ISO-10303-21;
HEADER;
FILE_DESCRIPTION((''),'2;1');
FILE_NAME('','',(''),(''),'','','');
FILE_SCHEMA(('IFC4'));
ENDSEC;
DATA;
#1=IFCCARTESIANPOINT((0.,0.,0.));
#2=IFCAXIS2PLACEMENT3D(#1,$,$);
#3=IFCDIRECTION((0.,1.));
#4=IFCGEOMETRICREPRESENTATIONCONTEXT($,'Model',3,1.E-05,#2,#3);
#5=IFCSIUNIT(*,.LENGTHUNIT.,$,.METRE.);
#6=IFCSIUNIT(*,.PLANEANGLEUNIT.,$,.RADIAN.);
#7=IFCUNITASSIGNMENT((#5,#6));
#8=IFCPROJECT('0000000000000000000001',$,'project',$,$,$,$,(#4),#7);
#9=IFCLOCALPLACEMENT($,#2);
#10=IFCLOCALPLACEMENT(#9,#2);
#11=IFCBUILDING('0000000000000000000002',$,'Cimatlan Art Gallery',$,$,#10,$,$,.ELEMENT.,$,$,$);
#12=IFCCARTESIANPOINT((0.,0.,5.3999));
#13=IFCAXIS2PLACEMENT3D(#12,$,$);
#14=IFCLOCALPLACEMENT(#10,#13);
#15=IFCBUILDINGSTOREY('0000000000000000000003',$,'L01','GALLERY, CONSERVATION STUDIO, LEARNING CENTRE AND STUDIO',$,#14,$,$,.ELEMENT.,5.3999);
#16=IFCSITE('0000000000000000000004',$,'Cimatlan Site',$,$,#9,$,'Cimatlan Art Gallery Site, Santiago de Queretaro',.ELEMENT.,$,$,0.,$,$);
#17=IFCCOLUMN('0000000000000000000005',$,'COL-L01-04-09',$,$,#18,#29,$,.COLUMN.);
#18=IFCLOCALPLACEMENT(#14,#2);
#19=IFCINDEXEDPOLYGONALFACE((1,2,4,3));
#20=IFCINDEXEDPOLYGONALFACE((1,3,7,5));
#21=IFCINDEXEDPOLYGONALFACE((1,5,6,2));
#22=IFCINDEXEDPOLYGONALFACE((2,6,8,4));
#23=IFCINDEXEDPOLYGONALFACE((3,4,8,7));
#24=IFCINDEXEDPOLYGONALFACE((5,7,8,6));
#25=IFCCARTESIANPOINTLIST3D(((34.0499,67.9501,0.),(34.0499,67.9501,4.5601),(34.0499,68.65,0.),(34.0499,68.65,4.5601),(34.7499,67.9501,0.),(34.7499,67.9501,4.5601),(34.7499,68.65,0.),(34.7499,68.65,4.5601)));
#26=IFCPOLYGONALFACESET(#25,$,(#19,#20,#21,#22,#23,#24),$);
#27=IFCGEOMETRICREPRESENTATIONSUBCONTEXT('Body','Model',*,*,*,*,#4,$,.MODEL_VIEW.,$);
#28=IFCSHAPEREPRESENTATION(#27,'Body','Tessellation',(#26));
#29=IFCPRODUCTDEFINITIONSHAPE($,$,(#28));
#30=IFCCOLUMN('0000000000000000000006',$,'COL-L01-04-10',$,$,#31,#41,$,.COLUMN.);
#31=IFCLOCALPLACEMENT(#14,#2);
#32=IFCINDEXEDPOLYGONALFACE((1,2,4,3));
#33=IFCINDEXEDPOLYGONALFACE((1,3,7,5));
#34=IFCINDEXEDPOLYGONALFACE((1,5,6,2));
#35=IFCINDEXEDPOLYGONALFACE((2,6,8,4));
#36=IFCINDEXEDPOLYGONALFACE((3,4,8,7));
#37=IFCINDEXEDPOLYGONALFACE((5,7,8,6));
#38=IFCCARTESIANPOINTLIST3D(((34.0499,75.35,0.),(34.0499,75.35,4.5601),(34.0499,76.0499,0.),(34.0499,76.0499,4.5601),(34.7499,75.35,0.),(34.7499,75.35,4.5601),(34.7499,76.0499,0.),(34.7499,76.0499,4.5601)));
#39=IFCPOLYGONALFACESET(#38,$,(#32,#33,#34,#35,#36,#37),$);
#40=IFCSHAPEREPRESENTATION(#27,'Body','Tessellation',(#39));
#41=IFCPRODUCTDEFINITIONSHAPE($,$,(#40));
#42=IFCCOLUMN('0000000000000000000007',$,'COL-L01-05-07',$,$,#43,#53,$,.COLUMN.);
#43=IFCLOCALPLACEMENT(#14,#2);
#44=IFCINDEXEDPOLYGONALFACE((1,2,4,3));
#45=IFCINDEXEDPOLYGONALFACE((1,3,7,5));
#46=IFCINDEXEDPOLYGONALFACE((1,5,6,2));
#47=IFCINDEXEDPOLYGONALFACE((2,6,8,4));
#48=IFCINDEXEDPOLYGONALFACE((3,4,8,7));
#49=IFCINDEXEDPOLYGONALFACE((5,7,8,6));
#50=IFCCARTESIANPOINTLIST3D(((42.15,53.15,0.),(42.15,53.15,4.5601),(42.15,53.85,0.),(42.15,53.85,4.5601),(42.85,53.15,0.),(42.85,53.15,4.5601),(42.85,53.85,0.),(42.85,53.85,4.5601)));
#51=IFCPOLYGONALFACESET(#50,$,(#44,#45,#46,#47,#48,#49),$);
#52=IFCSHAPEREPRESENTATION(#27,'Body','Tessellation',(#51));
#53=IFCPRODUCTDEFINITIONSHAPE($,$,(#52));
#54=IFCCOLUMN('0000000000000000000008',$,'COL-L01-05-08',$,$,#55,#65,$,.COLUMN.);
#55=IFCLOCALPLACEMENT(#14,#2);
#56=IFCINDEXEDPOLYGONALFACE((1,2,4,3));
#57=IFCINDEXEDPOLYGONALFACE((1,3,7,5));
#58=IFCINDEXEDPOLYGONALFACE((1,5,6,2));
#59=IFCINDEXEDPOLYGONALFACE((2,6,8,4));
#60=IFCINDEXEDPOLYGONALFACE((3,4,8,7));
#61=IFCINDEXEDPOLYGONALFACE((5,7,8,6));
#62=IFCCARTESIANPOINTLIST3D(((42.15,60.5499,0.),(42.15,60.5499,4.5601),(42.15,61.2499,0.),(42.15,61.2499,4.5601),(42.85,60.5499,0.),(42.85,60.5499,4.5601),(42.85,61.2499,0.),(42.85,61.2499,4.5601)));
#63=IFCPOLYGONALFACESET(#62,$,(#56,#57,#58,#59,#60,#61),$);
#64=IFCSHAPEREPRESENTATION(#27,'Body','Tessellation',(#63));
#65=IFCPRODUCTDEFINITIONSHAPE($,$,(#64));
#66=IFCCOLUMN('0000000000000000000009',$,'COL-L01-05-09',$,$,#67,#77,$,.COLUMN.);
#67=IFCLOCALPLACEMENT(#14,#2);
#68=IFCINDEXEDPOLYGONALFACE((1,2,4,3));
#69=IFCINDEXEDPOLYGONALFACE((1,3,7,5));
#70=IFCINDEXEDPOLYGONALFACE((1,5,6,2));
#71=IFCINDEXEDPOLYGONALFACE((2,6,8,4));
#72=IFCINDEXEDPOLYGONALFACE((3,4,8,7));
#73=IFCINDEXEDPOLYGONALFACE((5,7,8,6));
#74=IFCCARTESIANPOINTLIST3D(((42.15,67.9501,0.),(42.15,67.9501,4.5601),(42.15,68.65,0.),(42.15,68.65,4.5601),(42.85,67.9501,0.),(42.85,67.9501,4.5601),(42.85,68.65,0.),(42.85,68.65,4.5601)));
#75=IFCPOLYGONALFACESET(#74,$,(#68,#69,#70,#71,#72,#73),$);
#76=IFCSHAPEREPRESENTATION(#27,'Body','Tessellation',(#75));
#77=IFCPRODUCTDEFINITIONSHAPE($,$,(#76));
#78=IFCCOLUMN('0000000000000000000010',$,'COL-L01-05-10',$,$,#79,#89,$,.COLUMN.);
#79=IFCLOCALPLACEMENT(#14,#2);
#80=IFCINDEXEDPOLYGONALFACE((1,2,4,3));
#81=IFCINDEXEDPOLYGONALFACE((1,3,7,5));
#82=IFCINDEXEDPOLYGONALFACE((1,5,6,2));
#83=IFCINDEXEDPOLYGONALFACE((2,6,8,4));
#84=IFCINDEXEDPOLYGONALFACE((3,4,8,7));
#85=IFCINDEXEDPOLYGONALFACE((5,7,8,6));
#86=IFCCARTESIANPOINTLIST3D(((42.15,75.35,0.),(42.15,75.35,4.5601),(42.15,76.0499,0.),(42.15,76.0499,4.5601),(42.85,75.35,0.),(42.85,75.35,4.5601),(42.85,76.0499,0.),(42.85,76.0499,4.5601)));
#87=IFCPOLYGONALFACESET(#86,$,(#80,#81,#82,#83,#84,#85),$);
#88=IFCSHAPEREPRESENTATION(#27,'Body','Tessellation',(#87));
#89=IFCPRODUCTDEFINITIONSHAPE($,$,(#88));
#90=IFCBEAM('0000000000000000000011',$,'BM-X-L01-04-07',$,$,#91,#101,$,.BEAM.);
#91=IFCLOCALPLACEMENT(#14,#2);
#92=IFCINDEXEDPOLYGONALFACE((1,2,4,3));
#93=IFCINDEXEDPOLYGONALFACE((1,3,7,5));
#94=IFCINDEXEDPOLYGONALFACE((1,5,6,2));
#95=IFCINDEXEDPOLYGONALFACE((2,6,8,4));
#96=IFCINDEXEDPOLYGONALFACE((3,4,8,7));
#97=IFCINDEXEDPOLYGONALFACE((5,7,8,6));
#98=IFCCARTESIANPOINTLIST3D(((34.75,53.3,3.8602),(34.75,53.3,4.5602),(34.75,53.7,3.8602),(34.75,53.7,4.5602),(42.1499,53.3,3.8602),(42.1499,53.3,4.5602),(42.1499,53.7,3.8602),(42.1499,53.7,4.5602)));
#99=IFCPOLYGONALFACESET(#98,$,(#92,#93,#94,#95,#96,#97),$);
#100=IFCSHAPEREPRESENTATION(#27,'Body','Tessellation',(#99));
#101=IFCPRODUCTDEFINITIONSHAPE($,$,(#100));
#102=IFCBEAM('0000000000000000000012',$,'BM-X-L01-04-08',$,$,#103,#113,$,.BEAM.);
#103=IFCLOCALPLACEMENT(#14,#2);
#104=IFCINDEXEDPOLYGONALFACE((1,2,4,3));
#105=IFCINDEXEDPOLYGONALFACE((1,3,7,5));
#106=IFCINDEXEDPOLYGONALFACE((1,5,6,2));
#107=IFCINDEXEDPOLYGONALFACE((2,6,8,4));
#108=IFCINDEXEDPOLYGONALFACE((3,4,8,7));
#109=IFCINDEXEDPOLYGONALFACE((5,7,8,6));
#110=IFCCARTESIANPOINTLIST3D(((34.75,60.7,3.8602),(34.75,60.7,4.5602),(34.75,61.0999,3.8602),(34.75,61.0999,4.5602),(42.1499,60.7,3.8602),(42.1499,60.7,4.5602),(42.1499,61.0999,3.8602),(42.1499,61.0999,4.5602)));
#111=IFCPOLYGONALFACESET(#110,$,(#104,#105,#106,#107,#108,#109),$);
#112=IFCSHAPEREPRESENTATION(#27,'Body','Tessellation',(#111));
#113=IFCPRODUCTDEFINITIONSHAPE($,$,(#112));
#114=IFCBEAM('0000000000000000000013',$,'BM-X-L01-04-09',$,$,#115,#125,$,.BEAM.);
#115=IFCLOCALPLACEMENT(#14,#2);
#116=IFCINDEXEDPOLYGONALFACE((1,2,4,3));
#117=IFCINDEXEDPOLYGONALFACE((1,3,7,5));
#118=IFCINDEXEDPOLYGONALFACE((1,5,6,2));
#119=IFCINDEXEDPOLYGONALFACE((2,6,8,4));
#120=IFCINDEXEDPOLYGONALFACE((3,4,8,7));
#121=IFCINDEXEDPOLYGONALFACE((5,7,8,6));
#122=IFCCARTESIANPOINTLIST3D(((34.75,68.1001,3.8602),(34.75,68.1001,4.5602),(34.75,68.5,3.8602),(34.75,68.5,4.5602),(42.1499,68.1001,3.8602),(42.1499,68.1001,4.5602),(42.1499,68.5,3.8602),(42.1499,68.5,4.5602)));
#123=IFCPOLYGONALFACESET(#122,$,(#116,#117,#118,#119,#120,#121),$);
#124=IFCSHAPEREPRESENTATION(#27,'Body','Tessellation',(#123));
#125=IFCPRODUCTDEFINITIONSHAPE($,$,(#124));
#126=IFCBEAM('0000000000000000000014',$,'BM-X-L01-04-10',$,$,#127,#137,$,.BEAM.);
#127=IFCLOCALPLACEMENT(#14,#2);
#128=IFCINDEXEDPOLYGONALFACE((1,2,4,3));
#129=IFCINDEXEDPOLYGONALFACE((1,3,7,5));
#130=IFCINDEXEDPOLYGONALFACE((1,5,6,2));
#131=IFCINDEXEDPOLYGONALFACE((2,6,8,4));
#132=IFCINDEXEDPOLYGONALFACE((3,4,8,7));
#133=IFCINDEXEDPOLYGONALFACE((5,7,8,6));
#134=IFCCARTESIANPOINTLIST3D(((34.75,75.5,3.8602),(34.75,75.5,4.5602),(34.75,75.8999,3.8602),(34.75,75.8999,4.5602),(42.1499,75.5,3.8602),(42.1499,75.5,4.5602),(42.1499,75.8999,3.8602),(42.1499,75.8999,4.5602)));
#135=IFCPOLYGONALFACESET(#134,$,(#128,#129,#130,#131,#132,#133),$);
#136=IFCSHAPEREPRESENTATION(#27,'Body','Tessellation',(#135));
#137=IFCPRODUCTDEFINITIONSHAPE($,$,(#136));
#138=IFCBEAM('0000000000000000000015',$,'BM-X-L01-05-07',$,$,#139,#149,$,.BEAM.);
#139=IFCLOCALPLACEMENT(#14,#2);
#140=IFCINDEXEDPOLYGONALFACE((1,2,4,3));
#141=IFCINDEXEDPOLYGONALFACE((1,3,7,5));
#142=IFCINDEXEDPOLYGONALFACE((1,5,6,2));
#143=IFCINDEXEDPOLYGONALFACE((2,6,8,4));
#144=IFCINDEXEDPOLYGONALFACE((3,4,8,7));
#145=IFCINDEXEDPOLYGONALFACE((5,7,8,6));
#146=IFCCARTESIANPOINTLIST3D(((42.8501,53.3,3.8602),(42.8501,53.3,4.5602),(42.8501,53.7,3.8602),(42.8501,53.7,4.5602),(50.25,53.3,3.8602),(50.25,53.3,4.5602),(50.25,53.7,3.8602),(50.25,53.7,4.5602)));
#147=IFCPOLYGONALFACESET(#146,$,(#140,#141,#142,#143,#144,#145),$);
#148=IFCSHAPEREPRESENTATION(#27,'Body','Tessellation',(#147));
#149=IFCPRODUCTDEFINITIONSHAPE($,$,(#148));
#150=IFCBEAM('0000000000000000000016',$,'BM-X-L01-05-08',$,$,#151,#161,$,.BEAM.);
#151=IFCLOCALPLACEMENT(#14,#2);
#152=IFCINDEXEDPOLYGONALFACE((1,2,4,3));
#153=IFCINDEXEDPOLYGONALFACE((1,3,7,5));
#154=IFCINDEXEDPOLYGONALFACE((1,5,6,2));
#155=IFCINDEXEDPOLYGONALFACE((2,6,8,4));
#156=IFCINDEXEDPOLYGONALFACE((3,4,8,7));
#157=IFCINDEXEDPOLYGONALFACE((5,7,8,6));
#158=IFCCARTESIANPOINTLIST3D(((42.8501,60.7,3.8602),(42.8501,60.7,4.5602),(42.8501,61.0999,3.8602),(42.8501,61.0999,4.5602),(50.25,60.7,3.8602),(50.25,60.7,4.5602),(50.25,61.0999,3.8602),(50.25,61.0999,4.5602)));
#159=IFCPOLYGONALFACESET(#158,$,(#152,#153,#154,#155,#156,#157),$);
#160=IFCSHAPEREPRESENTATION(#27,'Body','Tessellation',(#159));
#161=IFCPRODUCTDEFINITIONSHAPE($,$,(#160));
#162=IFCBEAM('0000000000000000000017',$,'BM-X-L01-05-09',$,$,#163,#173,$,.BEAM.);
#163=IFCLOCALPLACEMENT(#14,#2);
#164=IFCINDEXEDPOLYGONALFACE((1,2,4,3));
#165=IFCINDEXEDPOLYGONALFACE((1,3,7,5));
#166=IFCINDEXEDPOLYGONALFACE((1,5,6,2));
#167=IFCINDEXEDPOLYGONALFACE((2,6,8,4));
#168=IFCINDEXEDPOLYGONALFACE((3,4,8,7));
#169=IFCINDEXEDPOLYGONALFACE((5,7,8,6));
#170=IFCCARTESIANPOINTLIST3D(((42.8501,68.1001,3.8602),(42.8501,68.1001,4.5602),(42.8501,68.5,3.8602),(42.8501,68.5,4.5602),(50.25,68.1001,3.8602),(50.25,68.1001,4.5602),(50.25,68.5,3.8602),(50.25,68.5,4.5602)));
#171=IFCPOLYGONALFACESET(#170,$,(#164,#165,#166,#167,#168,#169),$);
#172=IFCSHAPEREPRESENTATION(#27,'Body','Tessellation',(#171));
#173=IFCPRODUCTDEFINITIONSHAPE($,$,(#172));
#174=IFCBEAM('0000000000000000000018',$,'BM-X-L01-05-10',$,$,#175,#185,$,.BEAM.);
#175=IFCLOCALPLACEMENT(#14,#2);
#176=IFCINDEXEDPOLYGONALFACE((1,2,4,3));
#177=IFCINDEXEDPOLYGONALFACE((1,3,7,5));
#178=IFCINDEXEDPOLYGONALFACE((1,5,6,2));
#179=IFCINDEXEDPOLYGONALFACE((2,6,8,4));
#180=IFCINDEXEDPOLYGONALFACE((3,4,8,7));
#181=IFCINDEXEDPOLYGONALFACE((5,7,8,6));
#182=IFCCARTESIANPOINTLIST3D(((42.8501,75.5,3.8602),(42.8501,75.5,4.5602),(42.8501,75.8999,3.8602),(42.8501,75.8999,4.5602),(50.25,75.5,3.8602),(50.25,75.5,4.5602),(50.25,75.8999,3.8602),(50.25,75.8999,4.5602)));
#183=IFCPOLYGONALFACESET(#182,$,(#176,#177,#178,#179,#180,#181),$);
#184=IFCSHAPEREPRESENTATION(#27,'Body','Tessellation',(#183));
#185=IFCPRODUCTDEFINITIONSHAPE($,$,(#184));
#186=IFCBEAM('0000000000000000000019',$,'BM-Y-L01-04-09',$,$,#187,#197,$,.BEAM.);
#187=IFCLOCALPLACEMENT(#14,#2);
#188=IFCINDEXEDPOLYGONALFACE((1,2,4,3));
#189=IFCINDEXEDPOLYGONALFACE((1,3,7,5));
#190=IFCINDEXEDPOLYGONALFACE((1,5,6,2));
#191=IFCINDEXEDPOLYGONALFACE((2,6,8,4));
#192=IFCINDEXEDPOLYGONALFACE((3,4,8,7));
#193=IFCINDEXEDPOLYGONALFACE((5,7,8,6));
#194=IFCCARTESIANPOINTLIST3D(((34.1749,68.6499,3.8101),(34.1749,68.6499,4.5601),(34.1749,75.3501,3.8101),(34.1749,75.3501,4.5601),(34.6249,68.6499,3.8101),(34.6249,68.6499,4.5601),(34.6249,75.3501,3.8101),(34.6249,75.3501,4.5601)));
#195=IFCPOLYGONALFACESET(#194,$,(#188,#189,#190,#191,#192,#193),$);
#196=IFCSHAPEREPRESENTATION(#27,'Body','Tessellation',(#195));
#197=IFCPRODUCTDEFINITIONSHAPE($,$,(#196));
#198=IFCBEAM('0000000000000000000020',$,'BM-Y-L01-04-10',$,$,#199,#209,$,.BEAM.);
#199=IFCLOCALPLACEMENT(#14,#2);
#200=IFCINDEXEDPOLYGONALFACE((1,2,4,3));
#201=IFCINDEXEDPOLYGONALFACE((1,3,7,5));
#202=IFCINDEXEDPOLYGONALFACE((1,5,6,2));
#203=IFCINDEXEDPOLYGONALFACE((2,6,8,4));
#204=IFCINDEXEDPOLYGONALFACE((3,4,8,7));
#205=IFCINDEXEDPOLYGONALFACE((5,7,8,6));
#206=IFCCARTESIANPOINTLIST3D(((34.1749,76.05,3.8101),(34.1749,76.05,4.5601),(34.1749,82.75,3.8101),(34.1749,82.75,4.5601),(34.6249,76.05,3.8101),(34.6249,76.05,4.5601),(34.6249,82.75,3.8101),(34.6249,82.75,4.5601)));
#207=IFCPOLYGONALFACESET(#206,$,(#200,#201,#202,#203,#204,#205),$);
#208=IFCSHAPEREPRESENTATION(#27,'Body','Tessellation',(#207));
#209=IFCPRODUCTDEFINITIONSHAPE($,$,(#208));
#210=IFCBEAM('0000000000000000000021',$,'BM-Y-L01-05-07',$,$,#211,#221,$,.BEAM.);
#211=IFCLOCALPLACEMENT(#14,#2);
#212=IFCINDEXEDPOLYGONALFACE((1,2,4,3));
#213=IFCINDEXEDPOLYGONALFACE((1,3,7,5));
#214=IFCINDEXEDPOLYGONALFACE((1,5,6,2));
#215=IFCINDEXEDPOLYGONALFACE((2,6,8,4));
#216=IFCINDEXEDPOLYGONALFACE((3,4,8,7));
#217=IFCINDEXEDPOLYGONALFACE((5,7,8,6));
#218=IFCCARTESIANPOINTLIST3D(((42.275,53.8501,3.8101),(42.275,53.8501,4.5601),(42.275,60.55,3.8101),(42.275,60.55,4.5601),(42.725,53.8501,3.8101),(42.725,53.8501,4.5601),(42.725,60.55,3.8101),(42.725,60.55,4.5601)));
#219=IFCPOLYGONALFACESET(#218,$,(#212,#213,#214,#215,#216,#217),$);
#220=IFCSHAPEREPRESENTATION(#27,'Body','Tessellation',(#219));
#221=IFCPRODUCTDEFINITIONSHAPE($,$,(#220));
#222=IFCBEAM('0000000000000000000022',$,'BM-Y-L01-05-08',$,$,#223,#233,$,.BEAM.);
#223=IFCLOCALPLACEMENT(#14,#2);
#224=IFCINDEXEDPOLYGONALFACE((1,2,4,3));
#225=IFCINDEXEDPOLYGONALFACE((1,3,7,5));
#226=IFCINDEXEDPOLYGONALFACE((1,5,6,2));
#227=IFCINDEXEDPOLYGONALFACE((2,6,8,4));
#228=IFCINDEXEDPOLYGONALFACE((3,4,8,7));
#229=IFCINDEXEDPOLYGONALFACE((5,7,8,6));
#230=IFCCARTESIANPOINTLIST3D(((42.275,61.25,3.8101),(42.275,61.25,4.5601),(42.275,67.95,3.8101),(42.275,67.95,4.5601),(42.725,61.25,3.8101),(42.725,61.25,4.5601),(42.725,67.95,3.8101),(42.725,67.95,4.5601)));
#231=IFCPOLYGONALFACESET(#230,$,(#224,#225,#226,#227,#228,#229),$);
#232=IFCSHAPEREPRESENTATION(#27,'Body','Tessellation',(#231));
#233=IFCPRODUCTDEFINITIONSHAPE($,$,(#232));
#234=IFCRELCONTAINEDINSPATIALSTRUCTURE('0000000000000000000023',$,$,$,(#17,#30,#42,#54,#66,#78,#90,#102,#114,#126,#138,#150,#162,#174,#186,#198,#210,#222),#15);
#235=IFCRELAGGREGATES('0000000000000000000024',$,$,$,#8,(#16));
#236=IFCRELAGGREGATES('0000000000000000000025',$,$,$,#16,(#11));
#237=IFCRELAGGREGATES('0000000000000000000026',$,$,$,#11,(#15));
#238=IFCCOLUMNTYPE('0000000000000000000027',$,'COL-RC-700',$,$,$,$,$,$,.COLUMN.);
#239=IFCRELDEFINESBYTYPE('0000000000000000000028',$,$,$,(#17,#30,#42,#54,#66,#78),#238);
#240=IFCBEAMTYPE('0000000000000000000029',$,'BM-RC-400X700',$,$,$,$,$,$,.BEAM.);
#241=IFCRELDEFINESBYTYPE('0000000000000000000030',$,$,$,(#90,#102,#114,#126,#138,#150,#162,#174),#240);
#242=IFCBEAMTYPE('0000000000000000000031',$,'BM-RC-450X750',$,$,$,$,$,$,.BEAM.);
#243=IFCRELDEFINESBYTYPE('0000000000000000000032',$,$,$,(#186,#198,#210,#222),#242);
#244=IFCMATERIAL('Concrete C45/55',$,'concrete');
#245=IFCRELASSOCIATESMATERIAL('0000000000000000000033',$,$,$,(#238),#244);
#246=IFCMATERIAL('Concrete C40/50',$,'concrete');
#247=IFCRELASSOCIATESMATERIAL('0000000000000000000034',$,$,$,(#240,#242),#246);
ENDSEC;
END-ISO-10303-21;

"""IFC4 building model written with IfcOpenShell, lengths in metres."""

from ifc_helpers import new_model, si_unit, direction, frame, origin, origin_2d, place, context, subcontext, project, spatial, rectangle, extrude, material, material_profile, profile_set, type_object, element, save


model = new_model("IFC4")

# Units and contexts
model_context = context("Model", 3, precision=1e-05, world=origin(), true_north=direction((0.0, 1.0)))
body_context = subcontext(model_context, "Body", "Model", "MODEL_VIEW")
ifc_project = project(units=[si_unit("LENGTHUNIT", "METRE"), si_unit("PLANEANGLEUNIT", "RADIAN")], contexts=[model_context])

# Site, building, storey
site_placement = place(None, origin())
site = spatial("IfcSite", under=ifc_project, at=site_placement, Name="Cimatlan Site", LongName="Cimatlan Art Gallery Site, Santiago de Queretaro", CompositionType="ELEMENT", RefElevation=0.0)
building_placement = place(site_placement, origin())
building = spatial("IfcBuilding", under=site, at=building_placement, Name="Cimatlan Art Gallery", CompositionType="ELEMENT")
storey_placement = place(building_placement, frame((0.0, 0.0, 5.3999)))
storey = spatial("IfcBuildingStorey", under=building, at=storey_placement, Name="L01", Description="GALLERY, CONSERVATION STUDIO, LEARNING CENTRE AND STUDIO", CompositionType="ELEMENT", Elevation=5.3999)

# Columns
ifc_material_1 = material(Name="Concrete C45/55", Category="concrete")
ifc_material_profile_1 = material_profile(ifc_material_1, rectangle(XDim=0.7, YDim=0.7, at=origin_2d()), Name="RC700X700")
ifc_profile_set_1 = profile_set([ifc_material_profile_1], Name="Concrete C45/55")
column_type = type_object("IfcColumnType", Name="COL-RC-700", PredefinedType="COLUMN", material=ifc_profile_set_1)
for number, where, z_axis, x_axis, name in (
    (1, (34.3999, 68.3, 0.0), (0.0, 0.0, 1.0), (1.0, 0.0, 0.0), "COL-L01-04-09"),
    (2, (34.3999, 75.7, 0.0), (0.0, 0.0, 1.0), (1.0, 0.0, 0.0), "COL-L01-04-10"),
    (3, (42.5, 53.5, 0.0), (0.0, 0.0, 1.0), (1.0, 0.0, 0.0), "COL-L01-05-07"),
    (4, (42.5, 60.8999, 0.0), (0.0, 0.0, 1.0), (1.0, 0.0, 0.0), "COL-L01-05-08"),
    (5, (42.5, 68.3, 0.0), (0.0, 0.0, 1.0), (1.0, 0.0, 0.0), "COL-L01-05-09"),
    (6, (42.5, 75.7, 0.0), (0.0, 0.0, 1.0), (1.0, 0.0, 0.0), "COL-L01-05-10"),
):
    element("IfcColumn", number, at=place(storey_placement, frame(where, z_axis=z_axis, x_axis=x_axis)), inside=storey, type_object=column_type, Name=name, PredefinedType="COLUMN", context=body_context, shape_type="SweptSolid", body=[
        extrude(rectangle(XDim=0.7, YDim=0.7, at=origin_2d()), origin(), (0.0, 0.0, 1.0), 4.5601),
    ])

# Beams
ifc_material_2 = material(Name="Concrete C40/50", Category="concrete")
ifc_material_profile_2 = material_profile(ifc_material_2, rectangle(XDim=0.3999, YDim=0.7, at=origin_2d()), Name="RC400X700")
ifc_profile_set_2 = profile_set([ifc_material_profile_2], Name="Concrete C40/50")
beam_type_1 = type_object("IfcBeamType", Name="BM-RC-400X700", PredefinedType="BEAM", material=ifc_profile_set_2)
for number, where, z_axis, x_axis, name in (
    (7, (34.75, 53.5, 4.2102), (1.0, 0.0, 0.0), (0.0, 1.0, 0.0), "BM-X-L01-04-07"),
    (8, (34.75, 60.8999, 4.2102), (1.0, 0.0, 0.0), (0.0, 1.0, 0.0), "BM-X-L01-04-08"),
    (9, (34.75, 68.3, 4.2102), (1.0, 0.0, 0.0), (0.0, 1.0, 0.0), "BM-X-L01-04-09"),
    (10, (34.75, 75.7, 4.2102), (1.0, 0.0, 0.0), (0.0, 1.0, 0.0), "BM-X-L01-04-10"),
    (11, (42.8501, 53.5, 4.2102), (1.0, 0.0, 0.0), (0.0, 1.0, 0.0), "BM-X-L01-05-07"),
    (12, (42.8501, 60.8999, 4.2102), (1.0, 0.0, 0.0), (0.0, 1.0, 0.0), "BM-X-L01-05-08"),
    (13, (42.8501, 68.3, 4.2102), (1.0, 0.0, 0.0), (0.0, 1.0, 0.0), "BM-X-L01-05-09"),
    (14, (42.8501, 75.7, 4.2102), (1.0, 0.0, 0.0), (0.0, 1.0, 0.0), "BM-X-L01-05-10"),
):
    element("IfcBeam", number, at=place(storey_placement, frame(where, z_axis=z_axis, x_axis=x_axis)), inside=storey, type_object=beam_type_1, Name=name, PredefinedType="BEAM", context=body_context, shape_type="SweptSolid", body=[
        extrude(rectangle(XDim=0.3999, YDim=0.7, at=origin_2d()), origin(), (0.0, 0.0, 1.0), 7.3999),
    ])
ifc_material_profile_3 = material_profile(ifc_material_2, rectangle(XDim=0.45, YDim=0.75, at=origin_2d()), Name="RC450X750")
ifc_profile_set_3 = profile_set([ifc_material_profile_3], Name="Concrete C40/50")
beam_type_2 = type_object("IfcBeamType", Name="BM-RC-450X750", PredefinedType="BEAM", material=ifc_profile_set_3)
beam_1_placement = place(storey_placement, frame((34.3999, 68.6499, 4.1851), z_axis=(0.0, 1.0, 0.0), x_axis=(-1.0, 0.0, 0.0)))
element("IfcBeam", 15, at=beam_1_placement, inside=storey, type_object=beam_type_2, Name="BM-Y-L01-04-09", PredefinedType="BEAM", context=body_context, shape_type="SweptSolid", body=[
    extrude(rectangle(XDim=0.45, YDim=0.75, at=origin_2d()), origin(), (0.0, 0.0, 1.0), 6.7002),
])
for number, where, z_axis, x_axis, name in (
    (16, (34.3999, 76.05, 4.1851), (0.0, 1.0, 0.0), (-1.0, 0.0, 0.0), "BM-Y-L01-04-10"),
    (17, (42.5, 53.8501, 4.1851), (0.0, 1.0, 0.0), (-1.0, 0.0, 0.0), "BM-Y-L01-05-07"),
    (18, (42.5, 61.25, 4.1851), (0.0, 1.0, 0.0), (-1.0, 0.0, 0.0), "BM-Y-L01-05-08"),
):
    element("IfcBeam", number, at=place(storey_placement, frame(where, z_axis=z_axis, x_axis=x_axis)), inside=storey, type_object=beam_type_2, Name=name, PredefinedType="BEAM", context=body_context, shape_type="SweptSolid", body=[
        extrude(rectangle(XDim=0.45, YDim=0.75, at=origin_2d()), origin(), (0.0, 0.0, 1.0), 6.7),
    ])

save(model, "model.ifc")
